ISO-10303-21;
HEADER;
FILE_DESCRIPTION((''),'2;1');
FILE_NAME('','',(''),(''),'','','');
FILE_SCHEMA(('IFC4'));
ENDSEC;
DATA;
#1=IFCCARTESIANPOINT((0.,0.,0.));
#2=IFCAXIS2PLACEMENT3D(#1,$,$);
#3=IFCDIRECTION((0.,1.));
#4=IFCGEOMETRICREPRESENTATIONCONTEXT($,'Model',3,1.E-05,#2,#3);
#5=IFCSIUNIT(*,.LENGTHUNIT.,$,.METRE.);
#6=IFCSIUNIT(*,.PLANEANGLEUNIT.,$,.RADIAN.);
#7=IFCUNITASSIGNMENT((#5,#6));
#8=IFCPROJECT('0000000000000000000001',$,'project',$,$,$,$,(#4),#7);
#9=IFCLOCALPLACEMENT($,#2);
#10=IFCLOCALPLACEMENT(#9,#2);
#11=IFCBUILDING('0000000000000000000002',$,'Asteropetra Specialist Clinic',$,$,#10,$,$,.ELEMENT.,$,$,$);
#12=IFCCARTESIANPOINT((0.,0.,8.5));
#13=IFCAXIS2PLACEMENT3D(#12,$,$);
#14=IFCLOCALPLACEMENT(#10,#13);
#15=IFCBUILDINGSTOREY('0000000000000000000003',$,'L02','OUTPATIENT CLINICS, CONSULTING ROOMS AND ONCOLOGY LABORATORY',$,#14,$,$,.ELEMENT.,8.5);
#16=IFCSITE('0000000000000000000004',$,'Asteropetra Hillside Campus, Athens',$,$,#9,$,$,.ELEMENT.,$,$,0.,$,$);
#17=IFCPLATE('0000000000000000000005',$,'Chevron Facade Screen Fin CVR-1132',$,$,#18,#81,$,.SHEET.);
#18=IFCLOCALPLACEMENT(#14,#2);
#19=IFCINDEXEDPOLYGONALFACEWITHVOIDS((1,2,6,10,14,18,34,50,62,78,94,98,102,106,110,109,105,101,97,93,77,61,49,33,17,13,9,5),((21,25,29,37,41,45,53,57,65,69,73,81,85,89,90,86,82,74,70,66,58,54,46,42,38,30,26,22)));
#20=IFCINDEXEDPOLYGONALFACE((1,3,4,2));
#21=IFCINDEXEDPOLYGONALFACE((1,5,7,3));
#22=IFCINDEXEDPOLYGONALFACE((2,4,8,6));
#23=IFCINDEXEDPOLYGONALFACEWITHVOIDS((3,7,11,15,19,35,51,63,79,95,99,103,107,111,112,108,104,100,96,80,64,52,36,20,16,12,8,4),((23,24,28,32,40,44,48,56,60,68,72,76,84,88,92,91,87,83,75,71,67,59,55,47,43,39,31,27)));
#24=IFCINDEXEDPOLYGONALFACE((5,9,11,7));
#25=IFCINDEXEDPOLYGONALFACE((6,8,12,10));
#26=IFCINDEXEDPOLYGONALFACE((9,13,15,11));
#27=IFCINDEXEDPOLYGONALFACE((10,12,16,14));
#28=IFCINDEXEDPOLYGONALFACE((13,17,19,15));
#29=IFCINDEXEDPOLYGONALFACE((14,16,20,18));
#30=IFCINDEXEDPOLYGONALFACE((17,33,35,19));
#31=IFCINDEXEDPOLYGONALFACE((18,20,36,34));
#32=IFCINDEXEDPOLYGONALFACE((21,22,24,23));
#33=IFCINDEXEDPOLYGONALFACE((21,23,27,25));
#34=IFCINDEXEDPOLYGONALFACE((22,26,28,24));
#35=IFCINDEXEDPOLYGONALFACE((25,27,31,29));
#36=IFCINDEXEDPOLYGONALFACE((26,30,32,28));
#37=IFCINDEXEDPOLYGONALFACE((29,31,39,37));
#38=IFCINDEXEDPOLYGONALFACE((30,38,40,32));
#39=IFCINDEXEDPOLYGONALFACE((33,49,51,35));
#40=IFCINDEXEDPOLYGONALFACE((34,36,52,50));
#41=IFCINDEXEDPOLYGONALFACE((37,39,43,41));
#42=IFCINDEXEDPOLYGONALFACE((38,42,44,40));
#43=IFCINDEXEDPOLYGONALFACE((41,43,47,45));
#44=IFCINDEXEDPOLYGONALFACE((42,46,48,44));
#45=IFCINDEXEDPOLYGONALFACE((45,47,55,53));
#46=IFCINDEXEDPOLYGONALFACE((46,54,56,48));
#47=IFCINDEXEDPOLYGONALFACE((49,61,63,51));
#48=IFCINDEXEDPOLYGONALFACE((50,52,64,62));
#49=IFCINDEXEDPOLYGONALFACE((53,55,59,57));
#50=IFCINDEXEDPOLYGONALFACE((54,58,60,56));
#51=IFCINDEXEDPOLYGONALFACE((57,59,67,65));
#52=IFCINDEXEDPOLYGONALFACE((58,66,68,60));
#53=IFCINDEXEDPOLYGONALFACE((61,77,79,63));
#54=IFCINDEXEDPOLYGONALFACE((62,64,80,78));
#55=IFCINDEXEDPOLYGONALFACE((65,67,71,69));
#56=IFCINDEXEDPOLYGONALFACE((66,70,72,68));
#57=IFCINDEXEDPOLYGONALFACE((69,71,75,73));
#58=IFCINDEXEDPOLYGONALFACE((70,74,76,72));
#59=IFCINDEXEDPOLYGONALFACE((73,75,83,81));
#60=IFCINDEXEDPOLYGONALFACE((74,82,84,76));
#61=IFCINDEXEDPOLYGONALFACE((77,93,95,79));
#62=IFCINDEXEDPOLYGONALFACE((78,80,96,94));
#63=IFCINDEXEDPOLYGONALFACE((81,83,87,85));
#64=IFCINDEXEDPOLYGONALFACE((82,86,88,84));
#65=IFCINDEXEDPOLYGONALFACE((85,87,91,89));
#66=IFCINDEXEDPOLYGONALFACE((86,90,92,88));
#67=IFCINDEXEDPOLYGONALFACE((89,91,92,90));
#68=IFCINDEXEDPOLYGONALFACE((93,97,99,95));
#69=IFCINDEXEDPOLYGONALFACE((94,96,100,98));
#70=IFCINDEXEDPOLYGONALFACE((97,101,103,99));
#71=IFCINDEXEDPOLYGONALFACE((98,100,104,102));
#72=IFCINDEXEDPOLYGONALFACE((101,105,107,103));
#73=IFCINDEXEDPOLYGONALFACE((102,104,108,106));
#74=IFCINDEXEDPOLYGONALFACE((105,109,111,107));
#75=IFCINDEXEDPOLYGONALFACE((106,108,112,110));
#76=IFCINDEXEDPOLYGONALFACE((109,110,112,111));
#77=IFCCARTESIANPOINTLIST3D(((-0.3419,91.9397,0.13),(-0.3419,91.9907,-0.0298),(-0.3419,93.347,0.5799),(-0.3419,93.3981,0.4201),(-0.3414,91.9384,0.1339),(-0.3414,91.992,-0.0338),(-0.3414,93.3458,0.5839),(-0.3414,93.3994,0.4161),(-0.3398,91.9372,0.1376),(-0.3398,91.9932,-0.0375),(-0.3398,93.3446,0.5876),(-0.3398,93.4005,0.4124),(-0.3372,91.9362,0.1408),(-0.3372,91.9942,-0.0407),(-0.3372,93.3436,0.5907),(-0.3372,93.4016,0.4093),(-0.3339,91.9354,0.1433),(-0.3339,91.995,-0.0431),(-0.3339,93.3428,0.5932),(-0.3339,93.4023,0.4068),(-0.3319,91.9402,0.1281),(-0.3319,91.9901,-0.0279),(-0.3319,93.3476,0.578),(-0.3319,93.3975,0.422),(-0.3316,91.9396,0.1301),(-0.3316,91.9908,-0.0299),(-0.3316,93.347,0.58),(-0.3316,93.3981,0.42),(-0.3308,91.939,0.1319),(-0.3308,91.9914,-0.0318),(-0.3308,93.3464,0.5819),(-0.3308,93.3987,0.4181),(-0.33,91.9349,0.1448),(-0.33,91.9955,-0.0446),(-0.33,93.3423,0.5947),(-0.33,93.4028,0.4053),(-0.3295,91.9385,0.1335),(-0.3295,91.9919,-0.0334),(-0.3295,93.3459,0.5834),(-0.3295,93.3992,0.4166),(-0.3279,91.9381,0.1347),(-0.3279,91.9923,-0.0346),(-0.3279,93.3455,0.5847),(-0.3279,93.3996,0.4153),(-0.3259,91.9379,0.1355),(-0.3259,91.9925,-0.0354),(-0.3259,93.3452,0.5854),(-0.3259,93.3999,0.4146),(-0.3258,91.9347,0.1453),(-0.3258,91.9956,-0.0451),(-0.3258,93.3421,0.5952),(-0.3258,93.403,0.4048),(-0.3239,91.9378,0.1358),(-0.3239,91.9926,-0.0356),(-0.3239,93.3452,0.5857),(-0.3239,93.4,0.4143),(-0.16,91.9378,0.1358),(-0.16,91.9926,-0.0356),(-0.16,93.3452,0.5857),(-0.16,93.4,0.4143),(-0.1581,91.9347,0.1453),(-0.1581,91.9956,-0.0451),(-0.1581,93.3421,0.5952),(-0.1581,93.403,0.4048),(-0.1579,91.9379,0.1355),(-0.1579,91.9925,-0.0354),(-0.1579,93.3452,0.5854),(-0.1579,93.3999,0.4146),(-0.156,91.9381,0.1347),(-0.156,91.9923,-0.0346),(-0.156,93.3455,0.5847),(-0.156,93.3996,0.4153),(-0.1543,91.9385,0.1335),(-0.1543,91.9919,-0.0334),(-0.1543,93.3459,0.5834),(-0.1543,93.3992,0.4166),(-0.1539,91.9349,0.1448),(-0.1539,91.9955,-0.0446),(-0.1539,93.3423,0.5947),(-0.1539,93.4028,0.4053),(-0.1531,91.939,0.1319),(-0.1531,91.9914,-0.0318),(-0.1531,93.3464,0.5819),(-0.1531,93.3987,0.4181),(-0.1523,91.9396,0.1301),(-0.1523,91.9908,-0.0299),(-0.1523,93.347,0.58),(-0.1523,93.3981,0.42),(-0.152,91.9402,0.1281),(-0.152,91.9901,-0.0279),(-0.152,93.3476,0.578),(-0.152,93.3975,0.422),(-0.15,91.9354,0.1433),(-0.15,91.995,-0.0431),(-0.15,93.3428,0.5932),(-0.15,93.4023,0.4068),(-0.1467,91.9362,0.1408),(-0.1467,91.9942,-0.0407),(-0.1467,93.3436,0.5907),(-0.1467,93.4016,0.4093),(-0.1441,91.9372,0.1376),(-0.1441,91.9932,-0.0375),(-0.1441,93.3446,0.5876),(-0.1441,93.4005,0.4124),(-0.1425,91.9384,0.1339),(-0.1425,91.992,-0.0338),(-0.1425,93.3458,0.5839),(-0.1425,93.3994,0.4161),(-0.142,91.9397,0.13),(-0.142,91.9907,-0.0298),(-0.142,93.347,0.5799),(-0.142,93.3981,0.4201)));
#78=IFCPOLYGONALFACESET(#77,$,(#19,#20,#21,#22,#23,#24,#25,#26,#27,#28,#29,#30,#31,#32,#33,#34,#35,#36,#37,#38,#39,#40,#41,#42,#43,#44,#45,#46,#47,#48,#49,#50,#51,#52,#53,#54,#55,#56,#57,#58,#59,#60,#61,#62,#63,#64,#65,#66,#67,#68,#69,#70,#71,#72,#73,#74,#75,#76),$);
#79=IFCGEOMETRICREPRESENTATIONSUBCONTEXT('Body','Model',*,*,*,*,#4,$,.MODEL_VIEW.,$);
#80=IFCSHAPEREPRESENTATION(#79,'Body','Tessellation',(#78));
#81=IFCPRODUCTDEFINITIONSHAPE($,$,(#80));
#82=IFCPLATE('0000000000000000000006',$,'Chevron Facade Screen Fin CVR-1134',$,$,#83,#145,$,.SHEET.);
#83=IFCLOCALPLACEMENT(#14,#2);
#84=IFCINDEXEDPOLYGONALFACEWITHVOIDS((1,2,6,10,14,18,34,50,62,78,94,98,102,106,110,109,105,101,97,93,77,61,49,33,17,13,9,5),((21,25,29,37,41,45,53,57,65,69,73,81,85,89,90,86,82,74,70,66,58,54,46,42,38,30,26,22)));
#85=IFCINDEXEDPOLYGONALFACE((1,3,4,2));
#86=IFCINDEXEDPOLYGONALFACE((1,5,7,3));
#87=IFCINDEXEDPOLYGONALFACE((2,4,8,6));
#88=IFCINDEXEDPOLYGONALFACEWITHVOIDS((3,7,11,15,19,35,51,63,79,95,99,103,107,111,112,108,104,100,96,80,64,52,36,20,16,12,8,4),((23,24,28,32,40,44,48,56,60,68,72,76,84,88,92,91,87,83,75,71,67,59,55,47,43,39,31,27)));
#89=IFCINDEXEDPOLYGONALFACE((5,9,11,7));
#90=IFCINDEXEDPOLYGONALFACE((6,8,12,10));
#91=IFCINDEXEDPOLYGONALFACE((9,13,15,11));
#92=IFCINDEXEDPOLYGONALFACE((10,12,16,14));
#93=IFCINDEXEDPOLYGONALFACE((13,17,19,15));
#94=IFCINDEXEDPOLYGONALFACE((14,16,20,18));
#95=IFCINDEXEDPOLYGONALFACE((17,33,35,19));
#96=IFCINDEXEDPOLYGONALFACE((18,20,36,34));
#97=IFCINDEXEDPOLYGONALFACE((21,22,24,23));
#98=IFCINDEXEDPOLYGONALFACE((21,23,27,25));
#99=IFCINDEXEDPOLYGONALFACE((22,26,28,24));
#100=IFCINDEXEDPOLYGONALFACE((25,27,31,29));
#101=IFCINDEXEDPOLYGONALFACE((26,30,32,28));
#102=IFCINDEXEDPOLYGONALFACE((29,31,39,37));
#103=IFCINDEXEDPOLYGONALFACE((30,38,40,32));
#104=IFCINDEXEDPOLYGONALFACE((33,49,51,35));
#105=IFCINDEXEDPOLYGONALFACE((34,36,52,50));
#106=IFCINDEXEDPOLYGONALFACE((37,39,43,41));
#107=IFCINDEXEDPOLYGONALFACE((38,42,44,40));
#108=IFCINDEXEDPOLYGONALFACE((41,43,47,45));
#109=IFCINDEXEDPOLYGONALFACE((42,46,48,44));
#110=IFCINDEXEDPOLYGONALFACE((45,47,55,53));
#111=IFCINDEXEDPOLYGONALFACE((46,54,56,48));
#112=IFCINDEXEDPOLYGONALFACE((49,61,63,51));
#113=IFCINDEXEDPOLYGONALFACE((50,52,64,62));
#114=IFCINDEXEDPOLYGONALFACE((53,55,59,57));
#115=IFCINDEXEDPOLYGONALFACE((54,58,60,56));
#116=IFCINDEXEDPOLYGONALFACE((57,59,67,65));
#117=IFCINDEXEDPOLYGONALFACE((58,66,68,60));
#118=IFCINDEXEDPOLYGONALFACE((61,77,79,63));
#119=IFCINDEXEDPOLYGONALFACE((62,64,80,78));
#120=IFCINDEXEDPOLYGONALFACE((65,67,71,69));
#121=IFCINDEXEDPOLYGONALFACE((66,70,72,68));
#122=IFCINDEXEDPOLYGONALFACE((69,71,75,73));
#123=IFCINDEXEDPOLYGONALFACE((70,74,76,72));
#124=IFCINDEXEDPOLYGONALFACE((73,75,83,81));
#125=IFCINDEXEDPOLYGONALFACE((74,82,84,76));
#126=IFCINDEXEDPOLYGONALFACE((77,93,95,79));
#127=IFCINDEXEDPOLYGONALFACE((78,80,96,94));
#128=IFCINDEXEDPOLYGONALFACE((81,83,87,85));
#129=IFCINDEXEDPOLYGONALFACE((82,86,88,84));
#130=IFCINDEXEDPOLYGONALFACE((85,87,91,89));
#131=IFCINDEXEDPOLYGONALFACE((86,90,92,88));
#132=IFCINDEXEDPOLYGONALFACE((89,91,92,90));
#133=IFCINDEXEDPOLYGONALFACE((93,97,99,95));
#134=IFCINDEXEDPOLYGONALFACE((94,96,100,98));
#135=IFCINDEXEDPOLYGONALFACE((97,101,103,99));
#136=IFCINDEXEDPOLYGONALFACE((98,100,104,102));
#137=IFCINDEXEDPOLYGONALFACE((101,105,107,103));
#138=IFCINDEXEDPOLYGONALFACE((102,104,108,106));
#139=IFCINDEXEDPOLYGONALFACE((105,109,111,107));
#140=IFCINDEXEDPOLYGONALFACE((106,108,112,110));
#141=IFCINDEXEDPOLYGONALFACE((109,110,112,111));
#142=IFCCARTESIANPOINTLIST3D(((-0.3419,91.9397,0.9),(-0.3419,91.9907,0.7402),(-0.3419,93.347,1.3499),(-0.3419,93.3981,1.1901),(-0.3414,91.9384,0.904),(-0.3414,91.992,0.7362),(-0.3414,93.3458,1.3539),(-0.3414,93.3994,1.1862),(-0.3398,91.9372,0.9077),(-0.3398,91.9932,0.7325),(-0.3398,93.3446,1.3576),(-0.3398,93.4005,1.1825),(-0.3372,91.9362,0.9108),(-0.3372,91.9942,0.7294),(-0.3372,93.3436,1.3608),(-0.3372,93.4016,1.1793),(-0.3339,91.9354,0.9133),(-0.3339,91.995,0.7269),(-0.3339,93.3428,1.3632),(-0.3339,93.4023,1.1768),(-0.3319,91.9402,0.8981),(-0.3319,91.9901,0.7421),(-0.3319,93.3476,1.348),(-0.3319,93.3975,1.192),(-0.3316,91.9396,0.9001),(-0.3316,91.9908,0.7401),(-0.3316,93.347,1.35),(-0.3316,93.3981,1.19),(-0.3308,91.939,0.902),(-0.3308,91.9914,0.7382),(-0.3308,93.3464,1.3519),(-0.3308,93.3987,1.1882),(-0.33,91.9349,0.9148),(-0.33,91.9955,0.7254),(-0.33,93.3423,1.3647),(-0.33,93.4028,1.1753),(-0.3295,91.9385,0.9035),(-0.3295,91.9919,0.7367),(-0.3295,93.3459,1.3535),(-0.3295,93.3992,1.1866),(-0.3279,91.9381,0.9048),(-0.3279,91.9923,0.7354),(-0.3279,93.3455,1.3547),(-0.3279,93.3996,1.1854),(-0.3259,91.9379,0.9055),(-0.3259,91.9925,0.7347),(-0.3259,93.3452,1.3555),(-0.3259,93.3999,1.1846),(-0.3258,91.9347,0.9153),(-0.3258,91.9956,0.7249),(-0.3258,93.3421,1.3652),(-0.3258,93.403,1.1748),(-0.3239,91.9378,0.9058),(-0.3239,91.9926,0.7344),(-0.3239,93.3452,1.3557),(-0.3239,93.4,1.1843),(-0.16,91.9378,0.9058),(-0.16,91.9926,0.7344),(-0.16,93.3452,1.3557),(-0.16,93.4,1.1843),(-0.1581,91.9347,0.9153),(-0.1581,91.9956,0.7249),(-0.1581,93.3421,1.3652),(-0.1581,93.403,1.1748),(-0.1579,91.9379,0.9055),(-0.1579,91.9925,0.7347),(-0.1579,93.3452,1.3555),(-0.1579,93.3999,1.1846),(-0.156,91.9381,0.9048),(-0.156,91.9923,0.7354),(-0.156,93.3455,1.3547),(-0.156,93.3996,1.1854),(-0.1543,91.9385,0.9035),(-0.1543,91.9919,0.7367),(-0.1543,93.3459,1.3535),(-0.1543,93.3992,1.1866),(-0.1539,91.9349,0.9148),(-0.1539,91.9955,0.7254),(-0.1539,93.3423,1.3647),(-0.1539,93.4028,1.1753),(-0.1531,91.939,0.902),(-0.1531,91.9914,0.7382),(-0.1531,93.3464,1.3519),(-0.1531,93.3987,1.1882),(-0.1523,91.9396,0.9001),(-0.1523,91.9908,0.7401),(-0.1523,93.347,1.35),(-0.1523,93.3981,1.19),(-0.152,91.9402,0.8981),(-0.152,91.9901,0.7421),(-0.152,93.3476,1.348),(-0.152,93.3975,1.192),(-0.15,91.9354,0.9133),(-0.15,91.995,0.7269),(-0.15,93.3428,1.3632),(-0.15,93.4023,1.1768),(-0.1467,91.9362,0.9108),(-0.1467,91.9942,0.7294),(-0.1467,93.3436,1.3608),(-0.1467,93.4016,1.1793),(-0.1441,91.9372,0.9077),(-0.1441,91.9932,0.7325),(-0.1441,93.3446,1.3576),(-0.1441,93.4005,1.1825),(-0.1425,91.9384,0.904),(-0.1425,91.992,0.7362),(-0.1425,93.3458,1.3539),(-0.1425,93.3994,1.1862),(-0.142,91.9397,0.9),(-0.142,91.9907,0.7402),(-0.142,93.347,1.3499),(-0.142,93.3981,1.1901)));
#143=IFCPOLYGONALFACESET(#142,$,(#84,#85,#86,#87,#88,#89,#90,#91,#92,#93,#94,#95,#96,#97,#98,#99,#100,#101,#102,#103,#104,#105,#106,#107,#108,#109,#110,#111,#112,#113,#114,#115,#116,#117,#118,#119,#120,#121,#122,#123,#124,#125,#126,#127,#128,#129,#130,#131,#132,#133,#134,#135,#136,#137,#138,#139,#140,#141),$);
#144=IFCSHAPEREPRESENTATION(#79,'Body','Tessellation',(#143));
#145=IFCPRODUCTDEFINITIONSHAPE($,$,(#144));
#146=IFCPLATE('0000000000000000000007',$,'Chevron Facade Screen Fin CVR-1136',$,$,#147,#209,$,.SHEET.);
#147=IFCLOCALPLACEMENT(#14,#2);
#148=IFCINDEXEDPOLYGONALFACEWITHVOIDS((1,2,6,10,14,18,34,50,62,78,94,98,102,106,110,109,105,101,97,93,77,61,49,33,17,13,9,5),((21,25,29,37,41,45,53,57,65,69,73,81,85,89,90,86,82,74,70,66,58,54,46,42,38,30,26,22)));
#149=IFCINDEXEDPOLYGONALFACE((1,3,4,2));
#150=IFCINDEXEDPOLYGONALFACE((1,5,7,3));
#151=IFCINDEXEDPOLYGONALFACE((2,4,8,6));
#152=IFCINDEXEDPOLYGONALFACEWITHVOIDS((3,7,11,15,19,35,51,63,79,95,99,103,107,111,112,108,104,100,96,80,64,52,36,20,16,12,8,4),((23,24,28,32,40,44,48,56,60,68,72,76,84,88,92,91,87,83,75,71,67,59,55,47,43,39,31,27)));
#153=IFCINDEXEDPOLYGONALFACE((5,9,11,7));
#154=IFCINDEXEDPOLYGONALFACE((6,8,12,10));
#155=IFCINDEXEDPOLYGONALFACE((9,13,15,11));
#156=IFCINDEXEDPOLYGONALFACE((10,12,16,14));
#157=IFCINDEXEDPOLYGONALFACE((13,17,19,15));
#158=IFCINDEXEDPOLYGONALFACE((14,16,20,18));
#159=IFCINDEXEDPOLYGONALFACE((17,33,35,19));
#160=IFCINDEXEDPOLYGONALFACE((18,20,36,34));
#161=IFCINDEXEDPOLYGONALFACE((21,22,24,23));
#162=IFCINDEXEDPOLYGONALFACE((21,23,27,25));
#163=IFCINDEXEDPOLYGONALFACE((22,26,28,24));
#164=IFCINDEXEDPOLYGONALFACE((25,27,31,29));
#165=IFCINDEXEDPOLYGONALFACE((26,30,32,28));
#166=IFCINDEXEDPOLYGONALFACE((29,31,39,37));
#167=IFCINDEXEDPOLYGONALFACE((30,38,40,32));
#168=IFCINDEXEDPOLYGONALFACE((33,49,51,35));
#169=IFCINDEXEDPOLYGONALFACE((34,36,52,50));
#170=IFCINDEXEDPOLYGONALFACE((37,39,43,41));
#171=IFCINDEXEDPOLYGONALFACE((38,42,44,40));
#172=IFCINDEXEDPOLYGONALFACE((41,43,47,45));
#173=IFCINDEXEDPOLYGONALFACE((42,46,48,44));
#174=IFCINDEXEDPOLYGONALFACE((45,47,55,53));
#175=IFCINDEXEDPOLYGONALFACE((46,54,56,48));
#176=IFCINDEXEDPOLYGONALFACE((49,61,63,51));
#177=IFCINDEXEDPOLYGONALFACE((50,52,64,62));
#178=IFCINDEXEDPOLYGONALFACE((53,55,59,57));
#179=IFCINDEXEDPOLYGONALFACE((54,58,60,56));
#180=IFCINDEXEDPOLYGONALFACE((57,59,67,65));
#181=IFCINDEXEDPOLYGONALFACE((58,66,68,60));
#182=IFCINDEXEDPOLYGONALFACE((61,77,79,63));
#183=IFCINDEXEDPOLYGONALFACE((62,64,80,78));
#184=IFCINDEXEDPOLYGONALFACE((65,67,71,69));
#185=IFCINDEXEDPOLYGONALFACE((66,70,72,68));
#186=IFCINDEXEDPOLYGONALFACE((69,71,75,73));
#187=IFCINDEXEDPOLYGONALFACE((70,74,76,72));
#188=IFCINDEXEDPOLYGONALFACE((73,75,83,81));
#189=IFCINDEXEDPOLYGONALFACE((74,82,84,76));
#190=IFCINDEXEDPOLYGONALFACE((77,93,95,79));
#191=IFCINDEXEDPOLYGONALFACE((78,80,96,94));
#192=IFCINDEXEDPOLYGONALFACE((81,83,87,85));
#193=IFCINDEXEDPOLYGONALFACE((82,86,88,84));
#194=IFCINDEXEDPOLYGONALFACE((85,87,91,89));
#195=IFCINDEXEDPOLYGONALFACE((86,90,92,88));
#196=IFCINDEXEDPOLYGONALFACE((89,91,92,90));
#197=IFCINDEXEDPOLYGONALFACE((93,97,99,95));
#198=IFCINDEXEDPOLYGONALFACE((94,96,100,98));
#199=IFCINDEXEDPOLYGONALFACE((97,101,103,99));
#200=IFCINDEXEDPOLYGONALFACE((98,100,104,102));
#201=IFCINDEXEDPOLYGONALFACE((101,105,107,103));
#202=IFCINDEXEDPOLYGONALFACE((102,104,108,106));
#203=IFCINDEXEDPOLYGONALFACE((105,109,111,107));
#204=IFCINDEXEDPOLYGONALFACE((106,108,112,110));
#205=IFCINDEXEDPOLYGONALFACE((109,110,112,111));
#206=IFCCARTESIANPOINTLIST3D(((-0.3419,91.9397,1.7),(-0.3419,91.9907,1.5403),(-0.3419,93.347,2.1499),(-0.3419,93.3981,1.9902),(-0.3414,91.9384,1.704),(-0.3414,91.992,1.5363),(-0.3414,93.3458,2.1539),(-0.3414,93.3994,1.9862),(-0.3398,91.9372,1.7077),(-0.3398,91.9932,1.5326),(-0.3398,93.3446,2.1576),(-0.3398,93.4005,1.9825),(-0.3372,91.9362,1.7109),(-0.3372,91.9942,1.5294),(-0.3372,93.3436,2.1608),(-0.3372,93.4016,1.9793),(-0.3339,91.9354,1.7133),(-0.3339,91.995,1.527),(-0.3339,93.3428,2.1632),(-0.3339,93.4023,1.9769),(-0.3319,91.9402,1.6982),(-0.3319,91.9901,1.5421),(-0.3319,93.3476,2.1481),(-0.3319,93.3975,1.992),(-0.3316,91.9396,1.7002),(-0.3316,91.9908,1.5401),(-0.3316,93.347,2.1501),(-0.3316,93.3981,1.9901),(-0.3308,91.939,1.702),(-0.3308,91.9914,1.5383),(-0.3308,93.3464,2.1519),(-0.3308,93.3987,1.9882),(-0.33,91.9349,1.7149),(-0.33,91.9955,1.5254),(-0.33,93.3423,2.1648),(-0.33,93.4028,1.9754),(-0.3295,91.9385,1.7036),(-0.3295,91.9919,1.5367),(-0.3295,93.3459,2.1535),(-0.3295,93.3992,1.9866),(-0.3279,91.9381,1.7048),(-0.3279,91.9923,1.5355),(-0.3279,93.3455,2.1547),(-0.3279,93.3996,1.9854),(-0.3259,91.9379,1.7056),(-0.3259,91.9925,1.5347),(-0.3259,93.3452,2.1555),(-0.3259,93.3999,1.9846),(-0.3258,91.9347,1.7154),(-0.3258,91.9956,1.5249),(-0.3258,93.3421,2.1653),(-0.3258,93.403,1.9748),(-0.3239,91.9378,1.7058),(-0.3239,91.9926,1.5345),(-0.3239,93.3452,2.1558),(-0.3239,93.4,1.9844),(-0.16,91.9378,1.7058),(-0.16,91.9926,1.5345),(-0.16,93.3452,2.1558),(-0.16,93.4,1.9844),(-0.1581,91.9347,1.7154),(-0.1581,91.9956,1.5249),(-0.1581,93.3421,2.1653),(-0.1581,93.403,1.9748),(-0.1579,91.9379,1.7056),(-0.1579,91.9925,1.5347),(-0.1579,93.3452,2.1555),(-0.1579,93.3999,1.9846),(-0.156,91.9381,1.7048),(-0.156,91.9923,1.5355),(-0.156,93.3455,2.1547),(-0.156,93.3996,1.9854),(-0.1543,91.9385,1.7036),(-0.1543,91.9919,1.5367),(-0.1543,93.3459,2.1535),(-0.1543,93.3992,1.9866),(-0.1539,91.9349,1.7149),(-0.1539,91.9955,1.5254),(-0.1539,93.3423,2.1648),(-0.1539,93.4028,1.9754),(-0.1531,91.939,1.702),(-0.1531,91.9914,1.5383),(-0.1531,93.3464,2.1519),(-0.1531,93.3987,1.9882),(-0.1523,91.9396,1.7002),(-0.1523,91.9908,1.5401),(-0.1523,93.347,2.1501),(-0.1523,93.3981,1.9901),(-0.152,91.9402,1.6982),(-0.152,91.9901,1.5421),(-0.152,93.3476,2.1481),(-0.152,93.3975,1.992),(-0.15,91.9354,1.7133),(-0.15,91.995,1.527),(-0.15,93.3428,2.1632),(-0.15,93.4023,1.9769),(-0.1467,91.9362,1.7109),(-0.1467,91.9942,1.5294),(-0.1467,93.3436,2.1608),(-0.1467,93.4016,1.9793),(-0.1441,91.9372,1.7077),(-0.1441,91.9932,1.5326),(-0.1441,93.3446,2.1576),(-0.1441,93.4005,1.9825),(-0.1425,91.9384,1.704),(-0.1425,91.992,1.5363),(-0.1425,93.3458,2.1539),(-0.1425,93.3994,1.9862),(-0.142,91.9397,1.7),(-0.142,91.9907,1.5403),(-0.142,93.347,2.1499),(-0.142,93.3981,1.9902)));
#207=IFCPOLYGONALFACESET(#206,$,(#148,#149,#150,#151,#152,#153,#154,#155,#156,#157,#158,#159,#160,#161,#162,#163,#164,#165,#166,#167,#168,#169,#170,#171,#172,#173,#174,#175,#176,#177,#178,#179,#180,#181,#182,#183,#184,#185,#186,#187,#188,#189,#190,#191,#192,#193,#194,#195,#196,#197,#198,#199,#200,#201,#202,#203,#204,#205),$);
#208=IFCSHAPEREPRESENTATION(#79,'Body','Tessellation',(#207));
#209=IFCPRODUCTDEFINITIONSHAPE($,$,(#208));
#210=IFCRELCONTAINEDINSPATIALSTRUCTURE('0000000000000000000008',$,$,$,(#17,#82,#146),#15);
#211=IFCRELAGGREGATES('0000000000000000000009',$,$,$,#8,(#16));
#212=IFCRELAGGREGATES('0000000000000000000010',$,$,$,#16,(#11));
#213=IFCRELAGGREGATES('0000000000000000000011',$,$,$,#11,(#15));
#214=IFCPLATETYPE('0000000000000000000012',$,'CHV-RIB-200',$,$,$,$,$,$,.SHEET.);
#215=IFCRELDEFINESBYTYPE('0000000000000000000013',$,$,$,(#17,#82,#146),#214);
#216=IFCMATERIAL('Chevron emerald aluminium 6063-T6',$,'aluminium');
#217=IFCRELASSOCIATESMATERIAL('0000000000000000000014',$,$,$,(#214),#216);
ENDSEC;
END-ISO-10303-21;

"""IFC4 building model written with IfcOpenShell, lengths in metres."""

from ifc_helpers import new_model, si_unit, direction, frame, origin, origin_2d, place, context, subcontext, project, spatial, hollow_rectangle, extrude, material, material_profile, profile_set, type_object, element, save


model = new_model("IFC4")

# Units and contexts
model_context = context("Model", 3, precision=1e-05, world=origin(), true_north=direction((0.0, 1.0)))
body_context = subcontext(model_context, "Body", "Model", "MODEL_VIEW")
ifc_project = project(units=[si_unit("LENGTHUNIT", "METRE"), si_unit("PLANEANGLEUNIT", "RADIAN")], contexts=[model_context])

# Site, building, storey
site_placement = place(None, origin())
site = spatial("IfcSite", under=ifc_project, at=site_placement, Name="Asteropetra Hillside Campus, Athens", CompositionType="ELEMENT", RefElevation=0.0)
building_placement = place(site_placement, origin())
building = spatial("IfcBuilding", under=site, at=building_placement, Name="Asteropetra Specialist Clinic", CompositionType="ELEMENT")
storey_placement = place(building_placement, frame((0.0, 0.0, 8.5)))
storey = spatial("IfcBuildingStorey", under=building, at=storey_placement, Name="L02", Description="OUTPATIENT CLINICS, CONSULTING ROOMS AND ONCOLOGY LABORATORY", CompositionType="ELEMENT", Elevation=8.5)

# Plates
ifc_material_1 = material(Name="Chevron emerald aluminium 6063-T6", Category="aluminium")
ifc_material_profile_1 = material_profile(ifc_material_1, hollow_rectangle(XDim=0.2, YDim=0.2, WallThickness=0.01, InnerFilletRadius=0.0081, OuterFilletRadius=0.0161, at=origin_2d()), Name="SHS 200x200x10.0")
ifc_profile_set_1 = profile_set([ifc_material_profile_1], Name="Chevron emerald aluminium 6063-T6")
plate_type_1 = type_object("IfcPlateType", Name="CHV-RIB-200", PredefinedType="SHEET", material=ifc_profile_set_1)
for number, where, z_axis, x_axis, name in (
    (1, (-0.2419, 93.3726, 0.5), (0.0, -0.95251, -0.304506), (1.0, 0.0, 0.0), "Chevron Facade Screen Fin CVR-1132"),
    (2, (-0.2419, 93.3726, 1.27), (0.0, -0.95251, -0.304506), (1.0, 0.0, 0.0), "Chevron Facade Screen Fin CVR-1134"),
    (3, (-0.2419, 93.3726, 2.0701), (0.0, -0.95251, -0.304506), (1.0, 0.0, 0.0), "Chevron Facade Screen Fin CVR-1136"),
):
    element("IfcPlate", number, at=place(storey_placement, frame(where, z_axis=z_axis, x_axis=x_axis)), inside=storey, type_object=plate_type_1, Name=name, PredefinedType="SHEET", context=body_context, shape_type="SweptSolid", body=[
        extrude(hollow_rectangle(XDim=0.2, YDim=0.2, WallThickness=0.01, InnerFilletRadius=0.0081, OuterFilletRadius=0.0161, at=origin_2d()), origin(), (0.0, 0.0, 1.0), 1.4775),
    ])

save(model, "model.ifc")
